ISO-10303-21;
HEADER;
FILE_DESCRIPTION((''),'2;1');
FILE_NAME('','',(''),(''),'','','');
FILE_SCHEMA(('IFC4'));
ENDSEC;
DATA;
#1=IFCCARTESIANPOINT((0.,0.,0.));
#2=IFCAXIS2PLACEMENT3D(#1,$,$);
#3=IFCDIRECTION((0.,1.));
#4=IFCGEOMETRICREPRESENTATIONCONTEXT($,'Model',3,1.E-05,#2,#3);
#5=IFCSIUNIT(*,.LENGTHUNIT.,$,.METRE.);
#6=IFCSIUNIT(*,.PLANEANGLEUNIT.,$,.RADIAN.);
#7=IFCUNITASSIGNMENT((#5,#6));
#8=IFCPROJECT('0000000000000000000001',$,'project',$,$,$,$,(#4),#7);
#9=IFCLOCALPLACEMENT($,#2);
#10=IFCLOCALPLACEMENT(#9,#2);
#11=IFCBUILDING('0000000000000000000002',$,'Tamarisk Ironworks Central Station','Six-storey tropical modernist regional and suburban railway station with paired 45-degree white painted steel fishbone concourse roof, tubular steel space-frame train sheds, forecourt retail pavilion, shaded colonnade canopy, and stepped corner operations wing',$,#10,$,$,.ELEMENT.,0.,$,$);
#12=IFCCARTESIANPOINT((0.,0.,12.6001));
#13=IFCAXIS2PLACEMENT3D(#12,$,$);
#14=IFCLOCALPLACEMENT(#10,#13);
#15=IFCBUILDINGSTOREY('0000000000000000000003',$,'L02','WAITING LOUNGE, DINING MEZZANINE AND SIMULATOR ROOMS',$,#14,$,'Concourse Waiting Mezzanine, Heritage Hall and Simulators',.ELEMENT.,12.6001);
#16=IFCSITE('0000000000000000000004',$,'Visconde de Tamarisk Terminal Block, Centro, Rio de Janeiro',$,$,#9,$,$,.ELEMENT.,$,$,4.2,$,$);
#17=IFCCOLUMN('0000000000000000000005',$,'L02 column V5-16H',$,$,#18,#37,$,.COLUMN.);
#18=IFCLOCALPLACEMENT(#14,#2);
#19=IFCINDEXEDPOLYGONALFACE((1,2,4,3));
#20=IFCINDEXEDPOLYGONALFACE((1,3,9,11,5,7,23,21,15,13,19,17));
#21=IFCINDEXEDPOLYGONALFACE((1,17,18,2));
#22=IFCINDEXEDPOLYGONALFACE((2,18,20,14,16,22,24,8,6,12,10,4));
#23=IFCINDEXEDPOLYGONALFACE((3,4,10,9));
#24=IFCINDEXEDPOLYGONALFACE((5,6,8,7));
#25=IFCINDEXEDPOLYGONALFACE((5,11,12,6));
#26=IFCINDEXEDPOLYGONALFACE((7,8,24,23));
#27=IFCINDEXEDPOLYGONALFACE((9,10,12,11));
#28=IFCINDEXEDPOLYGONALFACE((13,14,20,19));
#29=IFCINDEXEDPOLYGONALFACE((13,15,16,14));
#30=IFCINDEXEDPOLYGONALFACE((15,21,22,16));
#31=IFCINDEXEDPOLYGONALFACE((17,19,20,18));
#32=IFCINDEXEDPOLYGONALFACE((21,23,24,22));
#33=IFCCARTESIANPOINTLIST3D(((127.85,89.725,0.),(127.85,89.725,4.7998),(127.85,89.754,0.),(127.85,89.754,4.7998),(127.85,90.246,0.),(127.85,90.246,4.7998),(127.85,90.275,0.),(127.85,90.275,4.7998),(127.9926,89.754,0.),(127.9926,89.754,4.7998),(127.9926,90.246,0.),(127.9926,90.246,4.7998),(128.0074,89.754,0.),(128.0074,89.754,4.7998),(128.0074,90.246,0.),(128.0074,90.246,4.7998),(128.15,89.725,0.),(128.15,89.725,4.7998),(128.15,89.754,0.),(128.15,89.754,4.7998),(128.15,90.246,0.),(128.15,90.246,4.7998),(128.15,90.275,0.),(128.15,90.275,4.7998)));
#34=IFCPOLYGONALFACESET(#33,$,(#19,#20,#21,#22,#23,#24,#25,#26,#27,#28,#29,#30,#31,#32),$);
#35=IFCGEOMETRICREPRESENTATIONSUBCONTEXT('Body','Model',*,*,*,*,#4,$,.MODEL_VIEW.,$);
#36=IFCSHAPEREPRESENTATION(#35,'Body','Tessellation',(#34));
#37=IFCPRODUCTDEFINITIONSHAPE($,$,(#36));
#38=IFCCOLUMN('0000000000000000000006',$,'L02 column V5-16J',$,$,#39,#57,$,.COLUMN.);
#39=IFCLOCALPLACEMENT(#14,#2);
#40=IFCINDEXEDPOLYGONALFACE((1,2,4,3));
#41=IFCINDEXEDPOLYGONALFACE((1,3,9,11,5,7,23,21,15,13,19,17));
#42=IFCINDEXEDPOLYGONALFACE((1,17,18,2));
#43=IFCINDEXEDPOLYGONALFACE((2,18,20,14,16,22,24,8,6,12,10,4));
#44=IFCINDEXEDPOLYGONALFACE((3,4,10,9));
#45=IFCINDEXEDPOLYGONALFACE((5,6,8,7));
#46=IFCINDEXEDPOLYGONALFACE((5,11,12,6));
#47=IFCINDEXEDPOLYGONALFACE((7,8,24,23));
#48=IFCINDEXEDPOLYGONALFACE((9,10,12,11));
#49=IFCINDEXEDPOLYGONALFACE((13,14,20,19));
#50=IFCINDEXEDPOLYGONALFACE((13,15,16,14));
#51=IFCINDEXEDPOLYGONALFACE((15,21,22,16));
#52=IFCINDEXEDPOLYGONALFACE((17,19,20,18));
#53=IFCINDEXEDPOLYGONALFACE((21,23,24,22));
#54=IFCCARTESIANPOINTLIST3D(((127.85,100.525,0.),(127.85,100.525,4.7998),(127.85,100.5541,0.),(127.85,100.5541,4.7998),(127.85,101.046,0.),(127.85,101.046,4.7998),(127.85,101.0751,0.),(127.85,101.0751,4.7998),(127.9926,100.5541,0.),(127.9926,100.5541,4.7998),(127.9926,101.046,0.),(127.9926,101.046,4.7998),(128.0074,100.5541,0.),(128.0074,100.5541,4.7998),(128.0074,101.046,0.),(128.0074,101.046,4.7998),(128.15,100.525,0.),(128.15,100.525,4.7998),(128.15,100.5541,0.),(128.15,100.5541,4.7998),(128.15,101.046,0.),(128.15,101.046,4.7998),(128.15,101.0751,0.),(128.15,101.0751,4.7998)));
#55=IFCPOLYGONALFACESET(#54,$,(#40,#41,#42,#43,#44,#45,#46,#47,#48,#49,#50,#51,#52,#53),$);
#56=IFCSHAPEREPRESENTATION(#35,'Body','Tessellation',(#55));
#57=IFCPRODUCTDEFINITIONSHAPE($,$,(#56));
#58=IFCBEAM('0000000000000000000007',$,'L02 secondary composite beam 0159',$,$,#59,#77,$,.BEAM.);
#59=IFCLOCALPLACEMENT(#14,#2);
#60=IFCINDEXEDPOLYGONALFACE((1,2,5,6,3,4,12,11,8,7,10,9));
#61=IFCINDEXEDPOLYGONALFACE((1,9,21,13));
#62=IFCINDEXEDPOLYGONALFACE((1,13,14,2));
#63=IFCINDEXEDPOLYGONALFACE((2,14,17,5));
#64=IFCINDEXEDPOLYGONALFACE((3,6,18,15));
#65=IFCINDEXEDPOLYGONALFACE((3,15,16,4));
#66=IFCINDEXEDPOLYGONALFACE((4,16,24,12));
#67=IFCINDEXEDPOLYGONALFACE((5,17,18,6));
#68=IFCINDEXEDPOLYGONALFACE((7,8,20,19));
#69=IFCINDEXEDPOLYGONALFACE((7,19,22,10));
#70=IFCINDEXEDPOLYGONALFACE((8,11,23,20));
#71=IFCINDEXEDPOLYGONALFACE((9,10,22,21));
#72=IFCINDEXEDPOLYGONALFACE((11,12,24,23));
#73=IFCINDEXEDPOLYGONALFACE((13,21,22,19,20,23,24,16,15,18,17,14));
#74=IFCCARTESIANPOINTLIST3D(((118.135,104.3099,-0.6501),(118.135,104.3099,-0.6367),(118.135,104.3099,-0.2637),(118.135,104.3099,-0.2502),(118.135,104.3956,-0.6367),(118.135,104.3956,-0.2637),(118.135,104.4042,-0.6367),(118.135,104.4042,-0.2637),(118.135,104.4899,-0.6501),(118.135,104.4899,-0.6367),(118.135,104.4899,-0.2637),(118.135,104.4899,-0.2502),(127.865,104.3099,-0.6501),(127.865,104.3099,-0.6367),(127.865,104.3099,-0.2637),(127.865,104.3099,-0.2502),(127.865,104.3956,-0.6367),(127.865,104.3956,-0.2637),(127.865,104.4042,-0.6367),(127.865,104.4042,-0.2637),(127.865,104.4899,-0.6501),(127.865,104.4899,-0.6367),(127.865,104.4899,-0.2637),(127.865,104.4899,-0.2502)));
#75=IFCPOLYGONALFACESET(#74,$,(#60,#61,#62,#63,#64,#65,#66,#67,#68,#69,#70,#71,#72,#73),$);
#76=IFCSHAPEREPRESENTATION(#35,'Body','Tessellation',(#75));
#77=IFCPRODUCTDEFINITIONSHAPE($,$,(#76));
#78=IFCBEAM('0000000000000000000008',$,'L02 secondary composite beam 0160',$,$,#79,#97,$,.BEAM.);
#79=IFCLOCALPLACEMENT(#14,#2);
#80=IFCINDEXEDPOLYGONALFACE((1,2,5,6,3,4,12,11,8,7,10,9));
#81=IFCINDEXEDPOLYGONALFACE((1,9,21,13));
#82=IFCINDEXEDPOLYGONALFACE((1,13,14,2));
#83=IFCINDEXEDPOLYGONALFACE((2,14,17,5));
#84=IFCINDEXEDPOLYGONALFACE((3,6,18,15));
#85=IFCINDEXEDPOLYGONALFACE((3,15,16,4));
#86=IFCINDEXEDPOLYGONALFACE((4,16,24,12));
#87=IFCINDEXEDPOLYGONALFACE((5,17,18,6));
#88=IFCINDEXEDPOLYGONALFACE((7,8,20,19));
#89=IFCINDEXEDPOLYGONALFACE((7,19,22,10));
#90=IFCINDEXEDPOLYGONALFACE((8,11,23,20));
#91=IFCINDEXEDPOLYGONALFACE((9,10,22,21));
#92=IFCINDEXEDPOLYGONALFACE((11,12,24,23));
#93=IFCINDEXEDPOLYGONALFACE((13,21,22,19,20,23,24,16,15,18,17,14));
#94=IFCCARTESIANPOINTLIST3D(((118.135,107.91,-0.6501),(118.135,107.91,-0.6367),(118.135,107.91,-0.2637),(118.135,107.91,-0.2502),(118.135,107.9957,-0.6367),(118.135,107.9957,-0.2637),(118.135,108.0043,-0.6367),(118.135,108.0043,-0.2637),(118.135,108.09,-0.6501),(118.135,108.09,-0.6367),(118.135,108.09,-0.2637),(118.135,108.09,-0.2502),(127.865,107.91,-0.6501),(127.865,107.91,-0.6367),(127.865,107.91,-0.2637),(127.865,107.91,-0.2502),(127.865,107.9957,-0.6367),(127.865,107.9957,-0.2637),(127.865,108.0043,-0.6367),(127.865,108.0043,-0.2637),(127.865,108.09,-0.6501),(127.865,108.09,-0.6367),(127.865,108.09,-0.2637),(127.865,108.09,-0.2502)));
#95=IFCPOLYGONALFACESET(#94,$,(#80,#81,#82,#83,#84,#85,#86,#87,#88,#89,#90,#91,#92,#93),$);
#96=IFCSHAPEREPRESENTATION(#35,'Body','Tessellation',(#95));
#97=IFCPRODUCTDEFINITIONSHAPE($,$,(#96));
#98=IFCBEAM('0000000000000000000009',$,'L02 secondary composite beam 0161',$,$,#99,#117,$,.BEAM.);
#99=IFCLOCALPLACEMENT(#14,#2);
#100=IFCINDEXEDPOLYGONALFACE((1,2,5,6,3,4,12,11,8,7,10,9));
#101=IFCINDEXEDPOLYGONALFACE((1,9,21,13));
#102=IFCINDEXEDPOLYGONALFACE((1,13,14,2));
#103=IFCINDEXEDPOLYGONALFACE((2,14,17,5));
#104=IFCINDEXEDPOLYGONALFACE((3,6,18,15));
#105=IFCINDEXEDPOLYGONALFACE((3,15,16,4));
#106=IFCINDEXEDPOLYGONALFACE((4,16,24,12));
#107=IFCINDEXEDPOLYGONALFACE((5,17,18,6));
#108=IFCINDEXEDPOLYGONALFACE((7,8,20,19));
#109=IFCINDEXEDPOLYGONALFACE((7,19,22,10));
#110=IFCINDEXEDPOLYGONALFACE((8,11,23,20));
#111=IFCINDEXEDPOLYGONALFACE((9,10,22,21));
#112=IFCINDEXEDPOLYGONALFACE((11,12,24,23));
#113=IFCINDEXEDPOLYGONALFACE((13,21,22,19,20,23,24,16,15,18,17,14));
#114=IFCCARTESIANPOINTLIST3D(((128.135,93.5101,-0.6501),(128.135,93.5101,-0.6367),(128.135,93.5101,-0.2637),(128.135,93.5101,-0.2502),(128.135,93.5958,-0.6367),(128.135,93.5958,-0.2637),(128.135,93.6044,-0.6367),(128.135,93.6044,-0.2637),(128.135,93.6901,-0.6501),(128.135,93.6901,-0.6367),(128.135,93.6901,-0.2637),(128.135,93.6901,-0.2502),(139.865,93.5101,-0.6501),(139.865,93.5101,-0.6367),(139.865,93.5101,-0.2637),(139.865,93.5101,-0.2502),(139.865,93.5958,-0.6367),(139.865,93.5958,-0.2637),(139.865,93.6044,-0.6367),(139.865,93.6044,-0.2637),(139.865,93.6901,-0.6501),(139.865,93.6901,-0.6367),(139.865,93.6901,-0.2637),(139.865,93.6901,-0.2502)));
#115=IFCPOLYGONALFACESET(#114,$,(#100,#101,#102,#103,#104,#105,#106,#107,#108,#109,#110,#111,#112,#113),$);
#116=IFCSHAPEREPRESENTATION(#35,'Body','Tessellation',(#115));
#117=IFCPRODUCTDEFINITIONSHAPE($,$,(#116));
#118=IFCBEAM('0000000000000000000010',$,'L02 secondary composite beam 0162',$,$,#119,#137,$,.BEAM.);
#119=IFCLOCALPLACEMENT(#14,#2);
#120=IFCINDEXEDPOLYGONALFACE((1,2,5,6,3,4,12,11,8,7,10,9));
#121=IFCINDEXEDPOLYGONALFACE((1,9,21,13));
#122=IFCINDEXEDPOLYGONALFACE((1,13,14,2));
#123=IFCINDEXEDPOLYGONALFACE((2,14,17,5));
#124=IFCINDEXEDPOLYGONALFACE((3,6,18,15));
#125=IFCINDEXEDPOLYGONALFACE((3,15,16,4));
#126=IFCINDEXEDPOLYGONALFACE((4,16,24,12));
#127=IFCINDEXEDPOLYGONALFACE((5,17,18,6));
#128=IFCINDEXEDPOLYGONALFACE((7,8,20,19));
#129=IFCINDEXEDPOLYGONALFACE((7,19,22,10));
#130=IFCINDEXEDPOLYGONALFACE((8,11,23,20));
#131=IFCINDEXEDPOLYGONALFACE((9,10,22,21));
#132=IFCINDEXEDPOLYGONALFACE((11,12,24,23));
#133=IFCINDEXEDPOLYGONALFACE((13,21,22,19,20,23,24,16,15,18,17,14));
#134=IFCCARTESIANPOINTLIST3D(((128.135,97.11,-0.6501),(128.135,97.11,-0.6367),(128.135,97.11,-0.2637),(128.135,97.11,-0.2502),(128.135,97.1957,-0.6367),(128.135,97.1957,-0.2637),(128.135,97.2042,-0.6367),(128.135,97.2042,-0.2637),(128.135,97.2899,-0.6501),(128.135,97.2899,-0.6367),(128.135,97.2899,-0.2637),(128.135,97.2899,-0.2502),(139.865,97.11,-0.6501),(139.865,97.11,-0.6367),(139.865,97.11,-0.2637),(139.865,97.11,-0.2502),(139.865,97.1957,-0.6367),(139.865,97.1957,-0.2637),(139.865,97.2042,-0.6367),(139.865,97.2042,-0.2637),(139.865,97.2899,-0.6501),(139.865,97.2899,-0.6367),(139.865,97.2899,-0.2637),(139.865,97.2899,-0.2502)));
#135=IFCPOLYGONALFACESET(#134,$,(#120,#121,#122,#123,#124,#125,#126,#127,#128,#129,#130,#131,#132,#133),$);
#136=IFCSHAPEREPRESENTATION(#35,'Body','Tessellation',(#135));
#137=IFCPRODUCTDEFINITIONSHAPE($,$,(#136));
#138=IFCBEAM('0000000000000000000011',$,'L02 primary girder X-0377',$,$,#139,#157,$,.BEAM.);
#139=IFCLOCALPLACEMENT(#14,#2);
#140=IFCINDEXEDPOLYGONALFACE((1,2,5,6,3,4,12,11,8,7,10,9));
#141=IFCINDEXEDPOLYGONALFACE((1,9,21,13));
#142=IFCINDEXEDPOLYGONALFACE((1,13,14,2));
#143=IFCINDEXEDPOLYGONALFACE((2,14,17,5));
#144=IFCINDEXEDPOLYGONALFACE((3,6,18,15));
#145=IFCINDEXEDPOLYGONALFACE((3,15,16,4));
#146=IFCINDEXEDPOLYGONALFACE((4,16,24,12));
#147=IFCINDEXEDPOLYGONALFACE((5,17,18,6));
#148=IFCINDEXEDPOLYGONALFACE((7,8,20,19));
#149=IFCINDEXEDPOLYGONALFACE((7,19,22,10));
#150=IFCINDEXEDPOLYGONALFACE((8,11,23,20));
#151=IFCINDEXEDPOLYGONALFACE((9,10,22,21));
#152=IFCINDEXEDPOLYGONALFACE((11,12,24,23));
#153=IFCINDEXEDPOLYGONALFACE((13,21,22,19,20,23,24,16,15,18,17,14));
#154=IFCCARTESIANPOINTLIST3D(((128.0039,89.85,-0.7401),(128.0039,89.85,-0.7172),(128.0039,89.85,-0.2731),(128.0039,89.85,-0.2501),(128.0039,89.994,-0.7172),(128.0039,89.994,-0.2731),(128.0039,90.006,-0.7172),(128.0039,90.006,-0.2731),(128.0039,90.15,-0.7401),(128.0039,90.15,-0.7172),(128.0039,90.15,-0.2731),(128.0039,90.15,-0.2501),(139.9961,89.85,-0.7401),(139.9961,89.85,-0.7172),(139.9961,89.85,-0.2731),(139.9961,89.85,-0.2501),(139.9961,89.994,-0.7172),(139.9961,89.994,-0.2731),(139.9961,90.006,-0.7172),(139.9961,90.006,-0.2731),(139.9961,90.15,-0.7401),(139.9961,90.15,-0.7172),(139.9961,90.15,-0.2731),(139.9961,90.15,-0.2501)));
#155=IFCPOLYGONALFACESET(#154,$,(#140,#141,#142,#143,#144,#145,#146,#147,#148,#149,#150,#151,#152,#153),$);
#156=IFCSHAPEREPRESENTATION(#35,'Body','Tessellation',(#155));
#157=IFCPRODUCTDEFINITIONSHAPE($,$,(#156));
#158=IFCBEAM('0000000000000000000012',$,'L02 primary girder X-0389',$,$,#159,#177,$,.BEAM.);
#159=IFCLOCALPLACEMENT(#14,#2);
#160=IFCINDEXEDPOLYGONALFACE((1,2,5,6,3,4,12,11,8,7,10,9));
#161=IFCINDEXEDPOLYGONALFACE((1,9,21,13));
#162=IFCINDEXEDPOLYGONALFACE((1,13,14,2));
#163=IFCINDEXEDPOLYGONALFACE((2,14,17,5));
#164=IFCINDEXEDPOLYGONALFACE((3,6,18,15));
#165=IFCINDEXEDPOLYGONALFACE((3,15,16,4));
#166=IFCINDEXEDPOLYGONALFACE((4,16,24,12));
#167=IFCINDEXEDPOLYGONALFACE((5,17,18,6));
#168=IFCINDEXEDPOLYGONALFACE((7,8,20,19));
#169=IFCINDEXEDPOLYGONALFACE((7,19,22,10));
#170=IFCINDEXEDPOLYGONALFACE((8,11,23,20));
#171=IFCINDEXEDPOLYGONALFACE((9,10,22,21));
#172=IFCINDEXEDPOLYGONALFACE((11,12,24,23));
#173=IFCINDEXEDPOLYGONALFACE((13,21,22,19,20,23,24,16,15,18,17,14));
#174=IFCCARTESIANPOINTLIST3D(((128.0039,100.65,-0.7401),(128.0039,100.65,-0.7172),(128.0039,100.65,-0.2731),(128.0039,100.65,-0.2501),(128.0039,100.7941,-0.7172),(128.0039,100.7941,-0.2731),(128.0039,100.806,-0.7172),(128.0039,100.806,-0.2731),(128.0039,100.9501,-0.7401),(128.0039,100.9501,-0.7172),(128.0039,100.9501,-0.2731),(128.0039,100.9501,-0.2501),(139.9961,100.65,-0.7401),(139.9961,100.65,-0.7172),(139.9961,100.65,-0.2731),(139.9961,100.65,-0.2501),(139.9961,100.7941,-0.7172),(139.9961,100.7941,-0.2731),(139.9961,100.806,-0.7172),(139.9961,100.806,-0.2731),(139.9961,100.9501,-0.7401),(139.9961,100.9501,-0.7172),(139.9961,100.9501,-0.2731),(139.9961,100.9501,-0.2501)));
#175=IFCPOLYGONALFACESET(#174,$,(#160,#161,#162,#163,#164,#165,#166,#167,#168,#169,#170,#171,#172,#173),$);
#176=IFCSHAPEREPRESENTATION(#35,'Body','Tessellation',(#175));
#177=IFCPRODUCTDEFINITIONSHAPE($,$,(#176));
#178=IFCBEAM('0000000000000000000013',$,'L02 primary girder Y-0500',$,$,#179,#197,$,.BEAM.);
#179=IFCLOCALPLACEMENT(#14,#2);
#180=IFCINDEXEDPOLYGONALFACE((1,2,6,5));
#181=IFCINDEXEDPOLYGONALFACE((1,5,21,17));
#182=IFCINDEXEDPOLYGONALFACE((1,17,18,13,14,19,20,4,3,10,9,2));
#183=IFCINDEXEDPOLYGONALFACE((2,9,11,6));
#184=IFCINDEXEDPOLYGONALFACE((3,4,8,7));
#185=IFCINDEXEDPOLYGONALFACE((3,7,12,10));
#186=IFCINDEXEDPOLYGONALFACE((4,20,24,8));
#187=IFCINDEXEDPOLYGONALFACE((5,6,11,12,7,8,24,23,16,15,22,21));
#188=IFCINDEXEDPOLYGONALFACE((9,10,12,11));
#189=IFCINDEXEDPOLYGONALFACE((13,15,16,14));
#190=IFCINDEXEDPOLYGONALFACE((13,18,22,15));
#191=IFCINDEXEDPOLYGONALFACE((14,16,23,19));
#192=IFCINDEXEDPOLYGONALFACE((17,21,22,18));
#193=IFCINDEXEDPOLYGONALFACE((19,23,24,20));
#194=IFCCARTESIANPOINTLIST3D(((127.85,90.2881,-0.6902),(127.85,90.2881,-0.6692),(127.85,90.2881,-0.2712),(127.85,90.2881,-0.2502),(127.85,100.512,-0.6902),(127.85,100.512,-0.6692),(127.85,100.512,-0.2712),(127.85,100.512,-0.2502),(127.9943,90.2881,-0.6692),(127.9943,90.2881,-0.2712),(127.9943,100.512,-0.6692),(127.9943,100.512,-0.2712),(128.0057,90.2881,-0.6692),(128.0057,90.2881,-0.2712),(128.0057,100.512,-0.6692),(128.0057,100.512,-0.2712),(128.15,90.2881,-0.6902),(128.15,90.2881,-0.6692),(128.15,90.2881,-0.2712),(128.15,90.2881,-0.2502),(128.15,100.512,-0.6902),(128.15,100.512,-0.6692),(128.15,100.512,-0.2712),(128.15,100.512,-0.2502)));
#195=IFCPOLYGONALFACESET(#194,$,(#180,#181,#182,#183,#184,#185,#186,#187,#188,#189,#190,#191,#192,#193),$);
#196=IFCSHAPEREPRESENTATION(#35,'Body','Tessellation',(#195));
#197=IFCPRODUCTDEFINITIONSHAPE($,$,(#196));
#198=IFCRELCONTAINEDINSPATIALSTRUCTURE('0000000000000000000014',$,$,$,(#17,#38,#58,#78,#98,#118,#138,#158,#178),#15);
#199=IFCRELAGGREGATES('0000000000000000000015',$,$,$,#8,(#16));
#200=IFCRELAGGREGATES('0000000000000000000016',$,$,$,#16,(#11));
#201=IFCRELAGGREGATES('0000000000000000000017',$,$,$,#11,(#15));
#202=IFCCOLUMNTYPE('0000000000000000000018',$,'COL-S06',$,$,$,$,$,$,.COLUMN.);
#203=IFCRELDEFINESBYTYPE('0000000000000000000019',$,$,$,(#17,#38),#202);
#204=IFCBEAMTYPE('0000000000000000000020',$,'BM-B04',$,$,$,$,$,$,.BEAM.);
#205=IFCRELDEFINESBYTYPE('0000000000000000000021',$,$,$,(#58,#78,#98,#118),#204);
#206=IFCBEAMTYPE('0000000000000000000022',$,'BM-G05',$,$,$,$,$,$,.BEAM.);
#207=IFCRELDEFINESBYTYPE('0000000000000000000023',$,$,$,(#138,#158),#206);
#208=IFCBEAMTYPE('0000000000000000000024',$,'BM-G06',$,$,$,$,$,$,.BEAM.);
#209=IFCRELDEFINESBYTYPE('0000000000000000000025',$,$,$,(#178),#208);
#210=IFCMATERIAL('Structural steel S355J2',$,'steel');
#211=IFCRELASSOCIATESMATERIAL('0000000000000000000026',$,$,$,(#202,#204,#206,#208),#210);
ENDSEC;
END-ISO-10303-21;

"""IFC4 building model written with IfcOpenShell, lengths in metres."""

from ifc_helpers import new_model, si_unit, direction, frame, origin, origin_2d, place, context, subcontext, project, spatial, i_section, extrude, material, material_profile, profile_set, type_object, element, save


model = new_model("IFC4")

# Units and contexts
model_context = context("Model", 3, precision=1e-05, world=origin(), true_north=direction((0.0, 1.0)))
body_context = subcontext(model_context, "Body", "Model", "MODEL_VIEW")
ifc_project = project(units=[si_unit("LENGTHUNIT", "METRE"), si_unit("PLANEANGLEUNIT", "RADIAN")], contexts=[model_context])

# Site, building, storey
site_placement = place(None, origin())
site = spatial("IfcSite", under=ifc_project, at=site_placement, Name="Visconde de Tamarisk Terminal Block, Centro, Rio de Janeiro", CompositionType="ELEMENT", RefElevation=4.2)
building_placement = place(site_placement, origin())
building = spatial("IfcBuilding", under=site, at=building_placement, Name="Tamarisk Ironworks Central Station", Description="Six-storey tropical modernist regional and suburban railway station with paired 45-degree white painted steel fishbone concourse roof, tubular steel space-frame train sheds, forecourt retail pavilion, shaded colonnade canopy, and stepped corner operations wing", CompositionType="ELEMENT", ElevationOfRefHeight=0.0)
storey_placement = place(building_placement, frame((0.0, 0.0, 12.6001)))
storey = spatial("IfcBuildingStorey", under=building, at=storey_placement, Name="L02", Description="WAITING LOUNGE, DINING MEZZANINE AND SIMULATOR ROOMS", LongName="Concourse Waiting Mezzanine, Heritage Hall and Simulators", CompositionType="ELEMENT", Elevation=12.6001)

# Columns
ifc_material_1 = material(Name="Structural steel S355J2", Category="steel")
ifc_material_profile_1 = material_profile(ifc_material_1, i_section(OverallWidth=0.3, OverallDepth=0.55, WebThickness=0.0149, FlangeThickness=0.0291, at=origin_2d()), Name="HEB 550")
ifc_profile_set_1 = profile_set([ifc_material_profile_1], Name="Structural steel S355J2")
column_type = type_object("IfcColumnType", Name="COL-S06", PredefinedType="COLUMN", material=ifc_profile_set_1)
for number, where, z_axis, x_axis, name in (
    (1, (128.0, 90.0, 0.0), (0.0, 0.0, 1.0), (1.0, 0.0, 0.0), "L02 column V5-16H"),
    (2, (128.0, 100.8, 0.0), (0.0, 0.0, 1.0), (1.0, 0.0, 0.0), "L02 column V5-16J"),
):
    element("IfcColumn", number, at=place(storey_placement, frame(where, z_axis=z_axis, x_axis=x_axis)), inside=storey, type_object=column_type, Name=name, PredefinedType="COLUMN", context=body_context, shape_type="SweptSolid", body=[
        extrude(i_section(OverallWidth=0.3, OverallDepth=0.55, WebThickness=0.0149, FlangeThickness=0.0291, at=origin_2d()), origin(), (0.0, 0.0, 1.0), 4.7998),
    ])

# Beams
ifc_material_profile_2 = material_profile(ifc_material_1, i_section(OverallWidth=0.1799, OverallDepth=0.3999, WebThickness=0.0085, FlangeThickness=0.0134, at=origin_2d()), Name="IPE 400")
ifc_profile_set_2 = profile_set([ifc_material_profile_2], Name="Structural steel S355J2")
beam_type_1 = type_object("IfcBeamType", Name="BM-B04", PredefinedType="BEAM", material=ifc_profile_set_2)
for number, where, z_axis, x_axis, name in (
    (3, (118.135, 104.3999, -0.4502), (1.0, 0.0, 0.0), (0.0, 1.0, 0.0), "L02 secondary composite beam 0159"),
    (4, (118.135, 108.0, -0.4502), (1.0, 0.0, 0.0), (0.0, 1.0, 0.0), "L02 secondary composite beam 0160"),
):
    element("IfcBeam", number, at=place(storey_placement, frame(where, z_axis=z_axis, x_axis=x_axis)), inside=storey, type_object=beam_type_1, Name=name, PredefinedType="BEAM", context=body_context, shape_type="SweptSolid", body=[
        extrude(i_section(OverallWidth=0.1799, OverallDepth=0.3999, WebThickness=0.0085, FlangeThickness=0.0134, at=origin_2d()), origin(), (0.0, 0.0, 1.0), 9.73),
    ])
for number, where, z_axis, x_axis, name in (
    (5, (128.135, 93.6001, -0.4502), (1.0, 0.0, 0.0), (0.0, 1.0, 0.0), "L02 secondary composite beam 0161"),
    (6, (128.135, 97.2, -0.4502), (1.0, 0.0, 0.0), (0.0, 1.0, 0.0), "L02 secondary composite beam 0162"),
):
    element("IfcBeam", number, at=place(storey_placement, frame(where, z_axis=z_axis, x_axis=x_axis)), inside=storey, type_object=beam_type_1, Name=name, PredefinedType="BEAM", context=body_context, shape_type="SweptSolid", body=[
        extrude(i_section(OverallWidth=0.1799, OverallDepth=0.3999, WebThickness=0.0085, FlangeThickness=0.0134, at=origin_2d()), origin(), (0.0, 0.0, 1.0), 11.73),
    ])
ifc_material_profile_3 = material_profile(ifc_material_1, i_section(OverallWidth=0.3, OverallDepth=0.49, WebThickness=0.012, FlangeThickness=0.0229, at=origin_2d()), Name="HEA 500")
ifc_profile_set_3 = profile_set([ifc_material_profile_3], Name="Structural steel S355J2")
beam_type_2 = type_object("IfcBeamType", Name="BM-G05", PredefinedType="BEAM", material=ifc_profile_set_3)
for number, where, z_axis, x_axis, name in (
    (7, (128.0039, 90.0, -0.4951), (1.0, 0.0, 0.0), (0.0, 1.0, 0.0), "L02 primary girder X-0377"),
    (8, (128.0039, 100.8, -0.4951), (1.0, 0.0, 0.0), (0.0, 1.0, 0.0), "L02 primary girder X-0389"),
):
    element("IfcBeam", number, at=place(storey_placement, frame(where, z_axis=z_axis, x_axis=x_axis)), inside=storey, type_object=beam_type_2, Name=name, PredefinedType="BEAM", context=body_context, shape_type="SweptSolid", body=[
        extrude(i_section(OverallWidth=0.3, OverallDepth=0.49, WebThickness=0.012, FlangeThickness=0.0229, at=origin_2d()), origin(), (0.0, 0.0, 1.0), 11.9922),
    ])
ifc_material_profile_4 = material_profile(ifc_material_1, i_section(OverallWidth=0.3, OverallDepth=0.4399, WebThickness=0.0115, FlangeThickness=0.021, at=origin_2d()), Name="HEA 450")
ifc_profile_set_4 = profile_set([ifc_material_profile_4], Name="Structural steel S355J2")
beam_type_3 = type_object("IfcBeamType", Name="BM-G06", PredefinedType="BEAM", material=ifc_profile_set_4)
beam_1_placement = place(storey_placement, frame((128.0, 90.2881, -0.4702), z_axis=(0.0, 1.0, 0.0), x_axis=(-1.0, 0.0, 0.0)))
element("IfcBeam", 9, at=beam_1_placement, inside=storey, type_object=beam_type_3, Name="L02 primary girder Y-0500", PredefinedType="BEAM", context=body_context, shape_type="SweptSolid", body=[
    extrude(i_section(OverallWidth=0.3, OverallDepth=0.4399, WebThickness=0.0115, FlangeThickness=0.021, at=origin_2d()), origin(), (0.0, 0.0, 1.0), 10.2239),
])

save(model, "model.ifc")
